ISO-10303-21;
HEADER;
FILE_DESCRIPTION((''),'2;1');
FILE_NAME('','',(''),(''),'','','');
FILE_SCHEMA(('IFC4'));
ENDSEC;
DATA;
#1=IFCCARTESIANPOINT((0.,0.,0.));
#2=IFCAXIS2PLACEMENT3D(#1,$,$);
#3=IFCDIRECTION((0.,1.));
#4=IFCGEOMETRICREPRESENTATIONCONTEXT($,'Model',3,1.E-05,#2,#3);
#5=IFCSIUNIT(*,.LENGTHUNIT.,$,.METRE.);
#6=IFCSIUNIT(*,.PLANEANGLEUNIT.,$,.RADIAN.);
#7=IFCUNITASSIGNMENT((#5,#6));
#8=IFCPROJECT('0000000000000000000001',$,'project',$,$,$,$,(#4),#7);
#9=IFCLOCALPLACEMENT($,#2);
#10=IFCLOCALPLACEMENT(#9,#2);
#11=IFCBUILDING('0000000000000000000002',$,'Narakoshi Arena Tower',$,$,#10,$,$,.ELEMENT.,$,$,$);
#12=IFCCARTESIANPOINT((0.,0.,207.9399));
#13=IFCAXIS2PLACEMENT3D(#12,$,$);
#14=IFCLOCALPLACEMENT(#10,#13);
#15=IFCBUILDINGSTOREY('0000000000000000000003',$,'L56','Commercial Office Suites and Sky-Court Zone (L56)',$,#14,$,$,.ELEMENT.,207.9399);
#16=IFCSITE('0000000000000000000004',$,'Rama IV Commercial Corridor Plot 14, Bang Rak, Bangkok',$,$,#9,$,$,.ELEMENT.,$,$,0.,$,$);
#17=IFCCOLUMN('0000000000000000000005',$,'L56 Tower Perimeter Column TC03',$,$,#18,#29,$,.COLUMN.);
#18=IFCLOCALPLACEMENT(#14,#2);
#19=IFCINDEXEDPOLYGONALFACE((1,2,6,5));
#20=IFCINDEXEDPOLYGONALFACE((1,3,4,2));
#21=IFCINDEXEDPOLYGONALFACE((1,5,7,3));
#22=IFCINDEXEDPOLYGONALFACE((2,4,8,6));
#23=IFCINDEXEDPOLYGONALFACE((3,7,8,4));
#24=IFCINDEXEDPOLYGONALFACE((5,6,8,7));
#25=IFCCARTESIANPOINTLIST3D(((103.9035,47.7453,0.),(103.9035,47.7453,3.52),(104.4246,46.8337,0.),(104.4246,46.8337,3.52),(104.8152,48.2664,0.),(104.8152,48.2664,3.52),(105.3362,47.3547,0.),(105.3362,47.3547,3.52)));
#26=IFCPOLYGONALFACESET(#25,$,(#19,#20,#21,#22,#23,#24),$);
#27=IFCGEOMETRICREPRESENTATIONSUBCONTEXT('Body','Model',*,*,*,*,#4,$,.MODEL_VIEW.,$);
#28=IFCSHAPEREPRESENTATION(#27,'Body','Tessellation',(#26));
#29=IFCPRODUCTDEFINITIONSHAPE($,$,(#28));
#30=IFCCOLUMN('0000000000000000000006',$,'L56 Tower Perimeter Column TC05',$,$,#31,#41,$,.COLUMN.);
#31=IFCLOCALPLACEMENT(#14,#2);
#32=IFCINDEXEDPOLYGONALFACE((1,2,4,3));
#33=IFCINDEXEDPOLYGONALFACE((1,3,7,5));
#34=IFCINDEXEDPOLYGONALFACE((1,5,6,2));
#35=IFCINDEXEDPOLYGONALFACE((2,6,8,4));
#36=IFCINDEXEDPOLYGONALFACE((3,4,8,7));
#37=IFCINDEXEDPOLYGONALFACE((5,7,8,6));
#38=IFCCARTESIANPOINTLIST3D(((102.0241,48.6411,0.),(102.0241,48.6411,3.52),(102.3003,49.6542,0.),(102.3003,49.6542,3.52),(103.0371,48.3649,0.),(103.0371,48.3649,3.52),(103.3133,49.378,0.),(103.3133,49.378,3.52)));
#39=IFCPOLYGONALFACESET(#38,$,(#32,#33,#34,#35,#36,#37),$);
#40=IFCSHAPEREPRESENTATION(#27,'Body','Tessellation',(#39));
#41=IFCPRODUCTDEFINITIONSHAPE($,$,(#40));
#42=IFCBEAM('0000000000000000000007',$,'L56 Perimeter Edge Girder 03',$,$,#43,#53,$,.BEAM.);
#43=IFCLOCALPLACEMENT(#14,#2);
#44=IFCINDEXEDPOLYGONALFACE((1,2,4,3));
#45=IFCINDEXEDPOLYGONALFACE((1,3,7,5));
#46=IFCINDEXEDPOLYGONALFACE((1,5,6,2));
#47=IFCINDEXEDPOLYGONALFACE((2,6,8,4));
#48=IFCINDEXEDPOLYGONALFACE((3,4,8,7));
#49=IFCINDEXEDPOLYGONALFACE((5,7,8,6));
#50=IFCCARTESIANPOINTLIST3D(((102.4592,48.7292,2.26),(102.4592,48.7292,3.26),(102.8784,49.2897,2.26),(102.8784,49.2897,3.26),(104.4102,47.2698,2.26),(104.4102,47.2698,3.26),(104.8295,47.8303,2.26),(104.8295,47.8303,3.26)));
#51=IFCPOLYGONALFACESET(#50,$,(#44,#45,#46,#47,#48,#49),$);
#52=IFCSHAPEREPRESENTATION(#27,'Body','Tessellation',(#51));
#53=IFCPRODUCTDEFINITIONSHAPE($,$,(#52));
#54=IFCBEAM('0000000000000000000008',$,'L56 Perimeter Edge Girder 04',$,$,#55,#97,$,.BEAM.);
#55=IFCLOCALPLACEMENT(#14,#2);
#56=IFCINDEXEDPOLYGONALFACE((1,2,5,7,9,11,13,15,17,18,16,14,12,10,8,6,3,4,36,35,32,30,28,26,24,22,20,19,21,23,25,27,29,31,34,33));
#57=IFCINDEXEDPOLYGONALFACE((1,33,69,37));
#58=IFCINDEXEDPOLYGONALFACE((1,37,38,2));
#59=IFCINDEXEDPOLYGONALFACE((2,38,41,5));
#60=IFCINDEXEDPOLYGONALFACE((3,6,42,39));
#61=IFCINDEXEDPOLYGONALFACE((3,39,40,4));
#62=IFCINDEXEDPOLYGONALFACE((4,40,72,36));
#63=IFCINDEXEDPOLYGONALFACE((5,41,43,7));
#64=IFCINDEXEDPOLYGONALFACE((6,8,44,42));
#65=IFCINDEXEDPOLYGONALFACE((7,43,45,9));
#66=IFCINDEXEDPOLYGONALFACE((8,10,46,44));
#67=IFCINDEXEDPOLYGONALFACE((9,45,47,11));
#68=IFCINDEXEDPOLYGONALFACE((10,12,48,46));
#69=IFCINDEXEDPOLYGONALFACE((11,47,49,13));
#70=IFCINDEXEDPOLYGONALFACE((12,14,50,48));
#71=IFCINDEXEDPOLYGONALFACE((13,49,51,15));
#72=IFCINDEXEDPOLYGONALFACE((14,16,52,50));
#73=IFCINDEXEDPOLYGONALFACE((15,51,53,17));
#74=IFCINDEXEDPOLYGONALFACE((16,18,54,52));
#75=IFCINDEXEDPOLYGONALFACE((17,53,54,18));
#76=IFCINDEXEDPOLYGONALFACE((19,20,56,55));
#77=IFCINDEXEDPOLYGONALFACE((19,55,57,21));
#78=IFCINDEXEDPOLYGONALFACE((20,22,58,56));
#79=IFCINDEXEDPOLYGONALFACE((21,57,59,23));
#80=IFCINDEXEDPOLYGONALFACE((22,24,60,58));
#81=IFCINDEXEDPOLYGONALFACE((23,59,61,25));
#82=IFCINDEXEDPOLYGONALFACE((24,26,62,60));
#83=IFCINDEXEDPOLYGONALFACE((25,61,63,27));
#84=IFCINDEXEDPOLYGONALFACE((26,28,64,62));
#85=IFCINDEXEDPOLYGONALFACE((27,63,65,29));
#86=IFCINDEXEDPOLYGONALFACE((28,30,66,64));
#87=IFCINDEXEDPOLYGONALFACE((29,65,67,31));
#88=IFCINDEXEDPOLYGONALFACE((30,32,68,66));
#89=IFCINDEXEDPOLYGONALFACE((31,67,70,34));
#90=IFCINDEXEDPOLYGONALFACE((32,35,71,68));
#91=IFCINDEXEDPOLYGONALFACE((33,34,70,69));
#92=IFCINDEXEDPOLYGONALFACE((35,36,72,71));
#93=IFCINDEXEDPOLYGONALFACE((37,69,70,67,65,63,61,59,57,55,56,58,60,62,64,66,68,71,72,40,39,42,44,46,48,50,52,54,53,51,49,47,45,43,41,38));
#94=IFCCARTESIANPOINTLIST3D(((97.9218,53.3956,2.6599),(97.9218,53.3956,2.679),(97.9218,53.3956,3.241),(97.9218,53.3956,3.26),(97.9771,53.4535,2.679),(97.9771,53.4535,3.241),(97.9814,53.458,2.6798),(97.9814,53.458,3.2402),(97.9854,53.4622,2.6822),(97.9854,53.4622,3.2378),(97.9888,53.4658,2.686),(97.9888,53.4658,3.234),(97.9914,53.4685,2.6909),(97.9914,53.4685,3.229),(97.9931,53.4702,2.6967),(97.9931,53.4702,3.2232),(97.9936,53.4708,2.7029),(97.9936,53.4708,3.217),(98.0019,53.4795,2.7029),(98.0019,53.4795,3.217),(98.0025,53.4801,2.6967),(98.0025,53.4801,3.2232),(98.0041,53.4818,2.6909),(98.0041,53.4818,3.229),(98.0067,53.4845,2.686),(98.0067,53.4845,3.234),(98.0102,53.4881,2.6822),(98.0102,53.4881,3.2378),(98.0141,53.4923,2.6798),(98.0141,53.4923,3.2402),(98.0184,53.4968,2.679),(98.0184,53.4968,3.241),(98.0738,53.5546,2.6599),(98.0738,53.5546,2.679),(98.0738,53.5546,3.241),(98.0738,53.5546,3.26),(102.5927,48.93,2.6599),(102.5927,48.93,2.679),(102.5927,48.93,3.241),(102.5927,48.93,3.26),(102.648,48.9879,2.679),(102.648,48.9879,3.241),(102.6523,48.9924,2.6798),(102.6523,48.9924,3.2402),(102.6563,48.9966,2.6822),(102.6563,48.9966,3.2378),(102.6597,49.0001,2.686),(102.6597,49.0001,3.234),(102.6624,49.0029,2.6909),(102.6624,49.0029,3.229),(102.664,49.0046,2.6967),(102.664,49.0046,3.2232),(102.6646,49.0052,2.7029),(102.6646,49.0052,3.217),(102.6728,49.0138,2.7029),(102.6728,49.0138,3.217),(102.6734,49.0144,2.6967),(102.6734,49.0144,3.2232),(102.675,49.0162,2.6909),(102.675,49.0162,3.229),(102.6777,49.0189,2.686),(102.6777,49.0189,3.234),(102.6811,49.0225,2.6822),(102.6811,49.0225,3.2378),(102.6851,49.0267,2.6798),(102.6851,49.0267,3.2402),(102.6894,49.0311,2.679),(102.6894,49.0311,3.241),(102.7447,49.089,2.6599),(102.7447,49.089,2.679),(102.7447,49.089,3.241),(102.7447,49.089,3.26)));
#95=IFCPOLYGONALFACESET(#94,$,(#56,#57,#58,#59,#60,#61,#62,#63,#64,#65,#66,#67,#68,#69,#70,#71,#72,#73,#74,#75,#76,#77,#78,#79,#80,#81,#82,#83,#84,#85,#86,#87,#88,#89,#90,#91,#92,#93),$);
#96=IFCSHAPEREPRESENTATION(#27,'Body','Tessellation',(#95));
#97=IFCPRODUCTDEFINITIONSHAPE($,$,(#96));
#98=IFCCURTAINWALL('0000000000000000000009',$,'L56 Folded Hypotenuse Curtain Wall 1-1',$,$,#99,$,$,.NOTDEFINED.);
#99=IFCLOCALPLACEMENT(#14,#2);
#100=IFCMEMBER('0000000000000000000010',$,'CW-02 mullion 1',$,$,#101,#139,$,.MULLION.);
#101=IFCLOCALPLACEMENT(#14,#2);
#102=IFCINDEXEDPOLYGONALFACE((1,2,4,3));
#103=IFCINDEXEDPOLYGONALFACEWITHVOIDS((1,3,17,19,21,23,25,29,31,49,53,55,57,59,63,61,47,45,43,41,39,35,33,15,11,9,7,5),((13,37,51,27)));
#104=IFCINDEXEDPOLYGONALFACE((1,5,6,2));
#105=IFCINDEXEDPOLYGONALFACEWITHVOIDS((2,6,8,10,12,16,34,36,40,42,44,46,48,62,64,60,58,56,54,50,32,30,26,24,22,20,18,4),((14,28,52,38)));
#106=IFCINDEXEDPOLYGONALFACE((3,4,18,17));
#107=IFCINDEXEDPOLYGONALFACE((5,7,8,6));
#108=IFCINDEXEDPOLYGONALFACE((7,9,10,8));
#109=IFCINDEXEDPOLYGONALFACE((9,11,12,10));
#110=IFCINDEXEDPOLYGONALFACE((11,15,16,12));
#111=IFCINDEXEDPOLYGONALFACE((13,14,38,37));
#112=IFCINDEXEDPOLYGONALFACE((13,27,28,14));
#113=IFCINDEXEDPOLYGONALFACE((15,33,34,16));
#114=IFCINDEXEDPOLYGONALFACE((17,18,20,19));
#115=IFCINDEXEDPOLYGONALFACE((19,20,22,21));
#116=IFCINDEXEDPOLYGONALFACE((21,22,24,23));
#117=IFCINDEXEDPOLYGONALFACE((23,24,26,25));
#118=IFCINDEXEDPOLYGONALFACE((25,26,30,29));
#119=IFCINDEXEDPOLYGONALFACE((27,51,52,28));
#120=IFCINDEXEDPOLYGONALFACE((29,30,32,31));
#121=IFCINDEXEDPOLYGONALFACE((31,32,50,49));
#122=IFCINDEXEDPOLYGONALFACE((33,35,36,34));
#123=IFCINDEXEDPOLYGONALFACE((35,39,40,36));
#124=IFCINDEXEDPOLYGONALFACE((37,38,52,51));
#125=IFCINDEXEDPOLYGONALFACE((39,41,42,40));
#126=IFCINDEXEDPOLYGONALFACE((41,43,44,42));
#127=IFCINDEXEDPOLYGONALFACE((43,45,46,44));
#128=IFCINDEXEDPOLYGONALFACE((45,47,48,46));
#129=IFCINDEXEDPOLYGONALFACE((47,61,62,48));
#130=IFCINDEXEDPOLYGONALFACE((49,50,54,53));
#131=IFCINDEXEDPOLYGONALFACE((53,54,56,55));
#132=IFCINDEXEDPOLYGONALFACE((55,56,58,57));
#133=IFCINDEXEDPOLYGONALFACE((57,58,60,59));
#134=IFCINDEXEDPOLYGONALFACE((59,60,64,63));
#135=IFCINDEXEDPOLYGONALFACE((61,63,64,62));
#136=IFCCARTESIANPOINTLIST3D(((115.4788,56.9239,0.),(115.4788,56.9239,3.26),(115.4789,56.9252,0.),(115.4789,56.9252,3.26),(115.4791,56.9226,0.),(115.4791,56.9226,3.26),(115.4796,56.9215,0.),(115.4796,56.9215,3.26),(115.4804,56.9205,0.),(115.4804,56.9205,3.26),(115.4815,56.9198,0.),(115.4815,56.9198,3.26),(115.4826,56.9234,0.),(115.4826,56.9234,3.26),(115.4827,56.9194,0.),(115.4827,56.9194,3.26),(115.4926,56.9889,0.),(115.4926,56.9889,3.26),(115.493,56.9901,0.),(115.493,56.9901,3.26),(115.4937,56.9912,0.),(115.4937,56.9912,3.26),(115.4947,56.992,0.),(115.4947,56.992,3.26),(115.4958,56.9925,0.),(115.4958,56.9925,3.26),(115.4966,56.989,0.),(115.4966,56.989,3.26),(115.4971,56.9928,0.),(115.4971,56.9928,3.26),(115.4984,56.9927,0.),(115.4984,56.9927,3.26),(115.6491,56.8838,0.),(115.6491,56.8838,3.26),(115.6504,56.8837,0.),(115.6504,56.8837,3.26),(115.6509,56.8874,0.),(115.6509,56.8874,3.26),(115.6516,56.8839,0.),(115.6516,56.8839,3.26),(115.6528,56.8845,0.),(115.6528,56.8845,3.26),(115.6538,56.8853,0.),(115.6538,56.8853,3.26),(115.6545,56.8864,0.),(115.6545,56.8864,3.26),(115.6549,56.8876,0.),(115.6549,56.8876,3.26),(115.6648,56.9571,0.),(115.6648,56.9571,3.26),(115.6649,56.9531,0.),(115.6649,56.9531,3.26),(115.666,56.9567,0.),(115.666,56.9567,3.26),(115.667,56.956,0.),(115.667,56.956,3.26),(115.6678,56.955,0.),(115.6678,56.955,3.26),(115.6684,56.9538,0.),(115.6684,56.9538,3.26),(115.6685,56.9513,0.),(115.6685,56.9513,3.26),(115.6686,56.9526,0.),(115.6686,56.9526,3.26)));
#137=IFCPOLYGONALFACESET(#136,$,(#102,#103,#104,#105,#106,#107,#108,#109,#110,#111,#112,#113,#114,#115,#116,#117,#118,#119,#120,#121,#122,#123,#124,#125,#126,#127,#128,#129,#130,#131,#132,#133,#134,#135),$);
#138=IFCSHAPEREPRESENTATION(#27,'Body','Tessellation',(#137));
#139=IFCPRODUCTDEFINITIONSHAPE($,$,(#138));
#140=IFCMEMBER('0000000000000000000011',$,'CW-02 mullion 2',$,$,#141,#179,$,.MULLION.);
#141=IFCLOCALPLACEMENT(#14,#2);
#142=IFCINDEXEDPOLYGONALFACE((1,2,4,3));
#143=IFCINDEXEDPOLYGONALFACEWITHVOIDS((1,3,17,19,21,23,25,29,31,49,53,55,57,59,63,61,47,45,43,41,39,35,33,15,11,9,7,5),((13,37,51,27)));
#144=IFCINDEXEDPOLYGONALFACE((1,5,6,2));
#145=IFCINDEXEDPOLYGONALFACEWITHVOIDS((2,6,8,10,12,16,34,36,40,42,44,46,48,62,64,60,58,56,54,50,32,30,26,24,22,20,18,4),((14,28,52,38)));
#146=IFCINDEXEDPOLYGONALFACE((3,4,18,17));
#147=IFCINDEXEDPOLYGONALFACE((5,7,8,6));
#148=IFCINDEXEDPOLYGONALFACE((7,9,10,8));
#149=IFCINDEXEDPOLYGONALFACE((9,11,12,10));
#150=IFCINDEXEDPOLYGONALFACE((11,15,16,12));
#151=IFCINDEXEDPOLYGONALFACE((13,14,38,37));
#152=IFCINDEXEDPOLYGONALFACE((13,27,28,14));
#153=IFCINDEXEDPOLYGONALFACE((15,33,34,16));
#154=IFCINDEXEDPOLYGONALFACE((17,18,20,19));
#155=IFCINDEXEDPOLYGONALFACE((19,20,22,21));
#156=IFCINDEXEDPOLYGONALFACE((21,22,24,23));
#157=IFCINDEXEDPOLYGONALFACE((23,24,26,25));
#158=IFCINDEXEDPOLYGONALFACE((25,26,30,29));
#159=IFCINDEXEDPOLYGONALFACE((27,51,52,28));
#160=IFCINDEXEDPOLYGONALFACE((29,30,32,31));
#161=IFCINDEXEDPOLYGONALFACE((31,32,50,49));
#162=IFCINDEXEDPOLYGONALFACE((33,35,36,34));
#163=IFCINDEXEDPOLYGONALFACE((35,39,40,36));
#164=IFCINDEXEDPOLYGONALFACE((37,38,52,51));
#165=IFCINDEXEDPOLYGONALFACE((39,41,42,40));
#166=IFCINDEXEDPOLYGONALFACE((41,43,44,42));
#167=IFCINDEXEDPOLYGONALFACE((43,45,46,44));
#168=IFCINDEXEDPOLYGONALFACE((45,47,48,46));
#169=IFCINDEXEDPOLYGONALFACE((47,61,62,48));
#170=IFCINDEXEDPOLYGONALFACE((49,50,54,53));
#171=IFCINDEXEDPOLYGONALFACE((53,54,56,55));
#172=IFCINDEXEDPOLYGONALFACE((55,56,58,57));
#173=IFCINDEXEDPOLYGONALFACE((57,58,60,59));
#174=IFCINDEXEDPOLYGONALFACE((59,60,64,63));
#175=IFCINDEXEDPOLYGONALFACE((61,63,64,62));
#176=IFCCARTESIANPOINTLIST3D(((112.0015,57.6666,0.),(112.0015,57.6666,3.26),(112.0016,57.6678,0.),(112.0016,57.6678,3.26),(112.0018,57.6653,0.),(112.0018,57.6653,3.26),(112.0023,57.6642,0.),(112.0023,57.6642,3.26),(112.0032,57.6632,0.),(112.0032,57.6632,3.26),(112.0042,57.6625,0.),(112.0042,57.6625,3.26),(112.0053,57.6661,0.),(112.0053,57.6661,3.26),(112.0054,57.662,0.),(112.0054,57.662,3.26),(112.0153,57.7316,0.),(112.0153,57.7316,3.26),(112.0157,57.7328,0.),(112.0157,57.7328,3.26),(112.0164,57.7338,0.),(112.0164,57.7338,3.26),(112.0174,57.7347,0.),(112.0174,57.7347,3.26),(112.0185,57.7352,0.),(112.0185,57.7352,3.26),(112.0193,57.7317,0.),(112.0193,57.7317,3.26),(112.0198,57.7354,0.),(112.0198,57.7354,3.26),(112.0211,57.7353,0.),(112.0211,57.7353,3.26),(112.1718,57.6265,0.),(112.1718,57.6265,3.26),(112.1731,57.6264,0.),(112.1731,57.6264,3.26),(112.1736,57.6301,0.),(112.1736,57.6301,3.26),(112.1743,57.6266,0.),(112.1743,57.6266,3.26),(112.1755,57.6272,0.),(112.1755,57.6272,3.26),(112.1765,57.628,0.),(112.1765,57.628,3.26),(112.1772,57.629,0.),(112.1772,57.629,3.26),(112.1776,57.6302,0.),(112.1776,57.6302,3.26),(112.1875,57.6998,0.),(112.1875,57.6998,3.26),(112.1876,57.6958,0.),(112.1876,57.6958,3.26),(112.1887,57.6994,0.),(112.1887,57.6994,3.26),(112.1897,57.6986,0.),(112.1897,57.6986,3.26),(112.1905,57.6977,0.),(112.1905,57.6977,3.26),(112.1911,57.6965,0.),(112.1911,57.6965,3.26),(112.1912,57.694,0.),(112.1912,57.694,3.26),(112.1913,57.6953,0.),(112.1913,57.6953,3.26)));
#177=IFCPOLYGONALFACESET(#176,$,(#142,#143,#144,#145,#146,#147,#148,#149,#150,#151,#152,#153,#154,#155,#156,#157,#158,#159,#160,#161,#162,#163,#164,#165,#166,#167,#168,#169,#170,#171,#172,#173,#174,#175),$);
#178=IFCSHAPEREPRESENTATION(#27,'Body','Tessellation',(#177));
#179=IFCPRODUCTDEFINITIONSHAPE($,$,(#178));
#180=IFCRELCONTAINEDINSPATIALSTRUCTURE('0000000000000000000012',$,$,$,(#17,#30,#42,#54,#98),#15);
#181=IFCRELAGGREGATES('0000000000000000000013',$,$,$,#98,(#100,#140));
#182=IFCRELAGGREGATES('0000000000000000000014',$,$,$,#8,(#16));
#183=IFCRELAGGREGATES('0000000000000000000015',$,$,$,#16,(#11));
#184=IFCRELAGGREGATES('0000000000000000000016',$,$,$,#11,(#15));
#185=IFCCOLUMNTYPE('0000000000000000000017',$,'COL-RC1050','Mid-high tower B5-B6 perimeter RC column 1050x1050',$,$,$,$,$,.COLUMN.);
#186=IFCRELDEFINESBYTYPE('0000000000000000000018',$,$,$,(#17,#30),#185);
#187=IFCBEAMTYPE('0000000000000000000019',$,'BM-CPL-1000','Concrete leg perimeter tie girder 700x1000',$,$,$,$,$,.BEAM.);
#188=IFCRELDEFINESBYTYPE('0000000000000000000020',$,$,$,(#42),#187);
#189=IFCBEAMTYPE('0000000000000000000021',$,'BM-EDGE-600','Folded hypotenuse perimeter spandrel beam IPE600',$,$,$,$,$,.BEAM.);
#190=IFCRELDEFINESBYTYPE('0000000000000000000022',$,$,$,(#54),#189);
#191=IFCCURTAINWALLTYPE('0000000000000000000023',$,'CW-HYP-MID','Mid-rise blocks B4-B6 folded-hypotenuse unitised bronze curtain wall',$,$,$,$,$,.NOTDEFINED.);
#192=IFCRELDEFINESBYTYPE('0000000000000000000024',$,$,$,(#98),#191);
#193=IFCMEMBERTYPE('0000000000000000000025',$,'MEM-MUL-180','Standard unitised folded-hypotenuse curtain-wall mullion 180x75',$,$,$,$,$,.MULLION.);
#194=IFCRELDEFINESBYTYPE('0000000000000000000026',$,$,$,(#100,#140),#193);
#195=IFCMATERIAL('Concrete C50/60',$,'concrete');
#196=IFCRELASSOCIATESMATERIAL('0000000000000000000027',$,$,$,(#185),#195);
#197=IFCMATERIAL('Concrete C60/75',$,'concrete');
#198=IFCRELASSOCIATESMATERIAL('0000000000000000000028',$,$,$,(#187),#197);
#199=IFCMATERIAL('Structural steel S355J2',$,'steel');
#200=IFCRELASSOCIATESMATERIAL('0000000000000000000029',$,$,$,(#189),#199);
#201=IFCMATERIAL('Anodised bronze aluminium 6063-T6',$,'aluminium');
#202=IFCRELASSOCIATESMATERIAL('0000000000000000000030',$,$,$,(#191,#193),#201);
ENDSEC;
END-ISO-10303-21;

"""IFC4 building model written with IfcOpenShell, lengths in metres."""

from ifc_helpers import new_model, si_unit, direction, frame, origin, origin_2d, place, context, subcontext, project, spatial, rectangle, hollow_rectangle, i_section, extrude, material, material_profile, profile_set, type_object, element, aggregate, save


model = new_model("IFC4")

# Units and contexts
model_context = context("Model", 3, precision=1e-05, world=origin(), true_north=direction((0.0, 1.0)))
body_context = subcontext(model_context, "Body", "Model", "MODEL_VIEW")
ifc_project = project(units=[si_unit("LENGTHUNIT", "METRE"), si_unit("PLANEANGLEUNIT", "RADIAN")], contexts=[model_context])

# Site, building, storey
site_placement = place(None, origin())
site = spatial("IfcSite", under=ifc_project, at=site_placement, Name="Rama IV Commercial Corridor Plot 14, Bang Rak, Bangkok", CompositionType="ELEMENT", RefElevation=0.0)
building_placement = place(site_placement, origin())
building = spatial("IfcBuilding", under=site, at=building_placement, Name="Narakoshi Arena Tower", CompositionType="ELEMENT")
storey_placement = place(building_placement, frame((0.0, 0.0, 207.9399)))
storey = spatial("IfcBuildingStorey", under=building, at=storey_placement, Name="L56", Description="Commercial Office Suites and Sky-Court Zone (L56)", CompositionType="ELEMENT", Elevation=207.9399)

# Columns
ifc_material_1 = material(Name="Concrete C50/60", Category="concrete")
ifc_material_profile_1 = material_profile(ifc_material_1, rectangle(XDim=1.05, YDim=1.05, at=origin_2d()), Name="RC1050x1050")
ifc_profile_set_1 = profile_set([ifc_material_profile_1], Name="Concrete C50/60")
column_type = type_object("IfcColumnType", Name="COL-RC1050", Description="Mid-high tower B5-B6 perimeter RC column 1050x1050", PredefinedType="COLUMN", material=ifc_profile_set_1)
for number, where, z_axis, x_axis, name in (
    (1, (104.6199, 47.55, 0.0), (0.0, 0.0, 1.0), (0.868199, 0.496217, 0.0), "L56 Tower Perimeter Column TC03"),
    (2, (102.6687, 49.0095, 0.0), (0.0, 0.0, 1.0), (0.263031, 0.964787, 0.0), "L56 Tower Perimeter Column TC05"),
):
    element("IfcColumn", number, at=place(storey_placement, frame(where, z_axis=z_axis, x_axis=x_axis)), inside=storey, type_object=column_type, Name=name, PredefinedType="COLUMN", context=body_context, shape_type="SweptSolid", body=[
        extrude(rectangle(XDim=1.05, YDim=1.05, at=origin_2d()), origin(), (0.0, 0.0, 1.0), 3.52),
    ])

# Beams
ifc_material_2 = material(Name="Concrete C60/75", Category="concrete")
ifc_material_profile_2 = material_profile(ifc_material_2, rectangle(XDim=0.7, YDim=1.0, at=origin_2d()), Name="RCB700x1000")
ifc_profile_set_2 = profile_set([ifc_material_profile_2], Name="Concrete C60/75")
beam_type_1 = type_object("IfcBeamType", Name="BM-CPL-1000", Description="Concrete leg perimeter tie girder 700x1000", PredefinedType="BEAM", material=ifc_profile_set_2)
beam_1_placement = place(storey_placement, frame((104.6199, 47.55, 2.76), z_axis=(-0.800769, 0.598973, 0.0), x_axis=(-0.598973, -0.800769, 0.0)))
element("IfcBeam", 3, at=beam_1_placement, inside=storey, type_object=beam_type_1, Name="L56 Perimeter Edge Girder 03", PredefinedType="BEAM", context=body_context, shape_type="SweptSolid", body=[
    extrude(rectangle(XDim=0.7, YDim=1.0, at=origin_2d()), origin(), (0.0, 0.0, 1.0), 2.4365),
])
ifc_material_3 = material(Name="Structural steel S355J2", Category="steel")
ifc_material_profile_3 = material_profile(ifc_material_3, i_section(OverallWidth=0.22, OverallDepth=0.6001, WebThickness=0.012, FlangeThickness=0.019, FilletRadius=0.0239, at=origin_2d()), Name="IPE600")
ifc_profile_set_3 = profile_set([ifc_material_profile_3], Name="Structural steel S355J2")
beam_type_2 = type_object("IfcBeamType", Name="BM-EDGE-600", Description="Folded hypotenuse perimeter spandrel beam IPE600", PredefinedType="BEAM", material=ifc_profile_set_3)
beam_2_placement = place(storey_placement, frame((102.6687, 49.0095, 2.96), z_axis=(-0.722815, 0.691042, 0.0), x_axis=(-0.691042, -0.722815, 0.0)))
element("IfcBeam", 4, at=beam_2_placement, inside=storey, type_object=beam_type_2, Name="L56 Perimeter Edge Girder 04", PredefinedType="BEAM", context=body_context, shape_type="SweptSolid", body=[
    extrude(i_section(OverallWidth=0.22, OverallDepth=0.6001, WebThickness=0.012, FlangeThickness=0.019, FilletRadius=0.0239, at=origin_2d()), origin(), (0.0, 0.0, 1.0), 6.4622),
])

# Curtain wall, members
ifc_material_4 = material(Name="Anodised bronze aluminium 6063-T6", Category="aluminium")
curtain_wall_type = type_object("IfcCurtainWallType", Name="CW-HYP-MID", Description="Mid-rise blocks B4-B6 folded-hypotenuse unitised bronze curtain wall", PredefinedType="NOTDEFINED", material=ifc_material_4)
curtain_wall_placement = place(storey_placement, origin())
curtain_wall = element("IfcCurtainWall", 5, at=curtain_wall_placement, inside=storey, type_object=curtain_wall_type, Name="L56 Folded Hypotenuse Curtain Wall 1-1", PredefinedType="NOTDEFINED")
ifc_material_profile_4 = material_profile(ifc_material_4, hollow_rectangle(XDim=0.075, YDim=0.1799, WallThickness=0.0039, OuterFilletRadius=0.0049, at=origin_2d()), Name="MUL180x75x4")
ifc_profile_set_4 = profile_set([ifc_material_profile_4], Name="Anodised bronze aluminium 6063-T6")
member_type_1 = type_object("IfcMemberType", Name="MEM-MUL-180", Description="Standard unitised folded-hypotenuse curtain-wall mullion 180x75", PredefinedType="MULLION", material=ifc_profile_set_4)
member_1_placement = place(storey_placement, frame((115.5737, 56.9382, 0.0), z_axis=(0.0, 0.0, 1.0), x_axis=(-0.208899, -0.977937, 0.0)))
member_1 = element("IfcMember", 6, at=member_1_placement, type_object=member_type_1, Name="CW-02 mullion 1", PredefinedType="MULLION", context=body_context, shape_type="SweptSolid", body=[
    extrude(hollow_rectangle(XDim=0.075, YDim=0.1799, WallThickness=0.0039, OuterFilletRadius=0.0049, at=origin_2d()), origin(), (0.0, 0.0, 1.0), 3.26),
])
member_2_placement = place(storey_placement, frame((112.0964, 57.6809, 0.0), z_axis=(0.0, 0.0, 1.0), x_axis=(-0.208899, -0.977937, 0.0)))
member_2 = element("IfcMember", 7, at=member_2_placement, type_object=member_type_1, Name="CW-02 mullion 2", PredefinedType="MULLION", context=body_context, shape_type="SweptSolid", body=[
    extrude(hollow_rectangle(XDim=0.075, YDim=0.1799, WallThickness=0.0039, OuterFilletRadius=0.0049, at=origin_2d()), origin(), (0.0, 0.0, 1.0), 3.26),
])
aggregate(curtain_wall, [member_1, member_2])

save(model, "model.ifc")
